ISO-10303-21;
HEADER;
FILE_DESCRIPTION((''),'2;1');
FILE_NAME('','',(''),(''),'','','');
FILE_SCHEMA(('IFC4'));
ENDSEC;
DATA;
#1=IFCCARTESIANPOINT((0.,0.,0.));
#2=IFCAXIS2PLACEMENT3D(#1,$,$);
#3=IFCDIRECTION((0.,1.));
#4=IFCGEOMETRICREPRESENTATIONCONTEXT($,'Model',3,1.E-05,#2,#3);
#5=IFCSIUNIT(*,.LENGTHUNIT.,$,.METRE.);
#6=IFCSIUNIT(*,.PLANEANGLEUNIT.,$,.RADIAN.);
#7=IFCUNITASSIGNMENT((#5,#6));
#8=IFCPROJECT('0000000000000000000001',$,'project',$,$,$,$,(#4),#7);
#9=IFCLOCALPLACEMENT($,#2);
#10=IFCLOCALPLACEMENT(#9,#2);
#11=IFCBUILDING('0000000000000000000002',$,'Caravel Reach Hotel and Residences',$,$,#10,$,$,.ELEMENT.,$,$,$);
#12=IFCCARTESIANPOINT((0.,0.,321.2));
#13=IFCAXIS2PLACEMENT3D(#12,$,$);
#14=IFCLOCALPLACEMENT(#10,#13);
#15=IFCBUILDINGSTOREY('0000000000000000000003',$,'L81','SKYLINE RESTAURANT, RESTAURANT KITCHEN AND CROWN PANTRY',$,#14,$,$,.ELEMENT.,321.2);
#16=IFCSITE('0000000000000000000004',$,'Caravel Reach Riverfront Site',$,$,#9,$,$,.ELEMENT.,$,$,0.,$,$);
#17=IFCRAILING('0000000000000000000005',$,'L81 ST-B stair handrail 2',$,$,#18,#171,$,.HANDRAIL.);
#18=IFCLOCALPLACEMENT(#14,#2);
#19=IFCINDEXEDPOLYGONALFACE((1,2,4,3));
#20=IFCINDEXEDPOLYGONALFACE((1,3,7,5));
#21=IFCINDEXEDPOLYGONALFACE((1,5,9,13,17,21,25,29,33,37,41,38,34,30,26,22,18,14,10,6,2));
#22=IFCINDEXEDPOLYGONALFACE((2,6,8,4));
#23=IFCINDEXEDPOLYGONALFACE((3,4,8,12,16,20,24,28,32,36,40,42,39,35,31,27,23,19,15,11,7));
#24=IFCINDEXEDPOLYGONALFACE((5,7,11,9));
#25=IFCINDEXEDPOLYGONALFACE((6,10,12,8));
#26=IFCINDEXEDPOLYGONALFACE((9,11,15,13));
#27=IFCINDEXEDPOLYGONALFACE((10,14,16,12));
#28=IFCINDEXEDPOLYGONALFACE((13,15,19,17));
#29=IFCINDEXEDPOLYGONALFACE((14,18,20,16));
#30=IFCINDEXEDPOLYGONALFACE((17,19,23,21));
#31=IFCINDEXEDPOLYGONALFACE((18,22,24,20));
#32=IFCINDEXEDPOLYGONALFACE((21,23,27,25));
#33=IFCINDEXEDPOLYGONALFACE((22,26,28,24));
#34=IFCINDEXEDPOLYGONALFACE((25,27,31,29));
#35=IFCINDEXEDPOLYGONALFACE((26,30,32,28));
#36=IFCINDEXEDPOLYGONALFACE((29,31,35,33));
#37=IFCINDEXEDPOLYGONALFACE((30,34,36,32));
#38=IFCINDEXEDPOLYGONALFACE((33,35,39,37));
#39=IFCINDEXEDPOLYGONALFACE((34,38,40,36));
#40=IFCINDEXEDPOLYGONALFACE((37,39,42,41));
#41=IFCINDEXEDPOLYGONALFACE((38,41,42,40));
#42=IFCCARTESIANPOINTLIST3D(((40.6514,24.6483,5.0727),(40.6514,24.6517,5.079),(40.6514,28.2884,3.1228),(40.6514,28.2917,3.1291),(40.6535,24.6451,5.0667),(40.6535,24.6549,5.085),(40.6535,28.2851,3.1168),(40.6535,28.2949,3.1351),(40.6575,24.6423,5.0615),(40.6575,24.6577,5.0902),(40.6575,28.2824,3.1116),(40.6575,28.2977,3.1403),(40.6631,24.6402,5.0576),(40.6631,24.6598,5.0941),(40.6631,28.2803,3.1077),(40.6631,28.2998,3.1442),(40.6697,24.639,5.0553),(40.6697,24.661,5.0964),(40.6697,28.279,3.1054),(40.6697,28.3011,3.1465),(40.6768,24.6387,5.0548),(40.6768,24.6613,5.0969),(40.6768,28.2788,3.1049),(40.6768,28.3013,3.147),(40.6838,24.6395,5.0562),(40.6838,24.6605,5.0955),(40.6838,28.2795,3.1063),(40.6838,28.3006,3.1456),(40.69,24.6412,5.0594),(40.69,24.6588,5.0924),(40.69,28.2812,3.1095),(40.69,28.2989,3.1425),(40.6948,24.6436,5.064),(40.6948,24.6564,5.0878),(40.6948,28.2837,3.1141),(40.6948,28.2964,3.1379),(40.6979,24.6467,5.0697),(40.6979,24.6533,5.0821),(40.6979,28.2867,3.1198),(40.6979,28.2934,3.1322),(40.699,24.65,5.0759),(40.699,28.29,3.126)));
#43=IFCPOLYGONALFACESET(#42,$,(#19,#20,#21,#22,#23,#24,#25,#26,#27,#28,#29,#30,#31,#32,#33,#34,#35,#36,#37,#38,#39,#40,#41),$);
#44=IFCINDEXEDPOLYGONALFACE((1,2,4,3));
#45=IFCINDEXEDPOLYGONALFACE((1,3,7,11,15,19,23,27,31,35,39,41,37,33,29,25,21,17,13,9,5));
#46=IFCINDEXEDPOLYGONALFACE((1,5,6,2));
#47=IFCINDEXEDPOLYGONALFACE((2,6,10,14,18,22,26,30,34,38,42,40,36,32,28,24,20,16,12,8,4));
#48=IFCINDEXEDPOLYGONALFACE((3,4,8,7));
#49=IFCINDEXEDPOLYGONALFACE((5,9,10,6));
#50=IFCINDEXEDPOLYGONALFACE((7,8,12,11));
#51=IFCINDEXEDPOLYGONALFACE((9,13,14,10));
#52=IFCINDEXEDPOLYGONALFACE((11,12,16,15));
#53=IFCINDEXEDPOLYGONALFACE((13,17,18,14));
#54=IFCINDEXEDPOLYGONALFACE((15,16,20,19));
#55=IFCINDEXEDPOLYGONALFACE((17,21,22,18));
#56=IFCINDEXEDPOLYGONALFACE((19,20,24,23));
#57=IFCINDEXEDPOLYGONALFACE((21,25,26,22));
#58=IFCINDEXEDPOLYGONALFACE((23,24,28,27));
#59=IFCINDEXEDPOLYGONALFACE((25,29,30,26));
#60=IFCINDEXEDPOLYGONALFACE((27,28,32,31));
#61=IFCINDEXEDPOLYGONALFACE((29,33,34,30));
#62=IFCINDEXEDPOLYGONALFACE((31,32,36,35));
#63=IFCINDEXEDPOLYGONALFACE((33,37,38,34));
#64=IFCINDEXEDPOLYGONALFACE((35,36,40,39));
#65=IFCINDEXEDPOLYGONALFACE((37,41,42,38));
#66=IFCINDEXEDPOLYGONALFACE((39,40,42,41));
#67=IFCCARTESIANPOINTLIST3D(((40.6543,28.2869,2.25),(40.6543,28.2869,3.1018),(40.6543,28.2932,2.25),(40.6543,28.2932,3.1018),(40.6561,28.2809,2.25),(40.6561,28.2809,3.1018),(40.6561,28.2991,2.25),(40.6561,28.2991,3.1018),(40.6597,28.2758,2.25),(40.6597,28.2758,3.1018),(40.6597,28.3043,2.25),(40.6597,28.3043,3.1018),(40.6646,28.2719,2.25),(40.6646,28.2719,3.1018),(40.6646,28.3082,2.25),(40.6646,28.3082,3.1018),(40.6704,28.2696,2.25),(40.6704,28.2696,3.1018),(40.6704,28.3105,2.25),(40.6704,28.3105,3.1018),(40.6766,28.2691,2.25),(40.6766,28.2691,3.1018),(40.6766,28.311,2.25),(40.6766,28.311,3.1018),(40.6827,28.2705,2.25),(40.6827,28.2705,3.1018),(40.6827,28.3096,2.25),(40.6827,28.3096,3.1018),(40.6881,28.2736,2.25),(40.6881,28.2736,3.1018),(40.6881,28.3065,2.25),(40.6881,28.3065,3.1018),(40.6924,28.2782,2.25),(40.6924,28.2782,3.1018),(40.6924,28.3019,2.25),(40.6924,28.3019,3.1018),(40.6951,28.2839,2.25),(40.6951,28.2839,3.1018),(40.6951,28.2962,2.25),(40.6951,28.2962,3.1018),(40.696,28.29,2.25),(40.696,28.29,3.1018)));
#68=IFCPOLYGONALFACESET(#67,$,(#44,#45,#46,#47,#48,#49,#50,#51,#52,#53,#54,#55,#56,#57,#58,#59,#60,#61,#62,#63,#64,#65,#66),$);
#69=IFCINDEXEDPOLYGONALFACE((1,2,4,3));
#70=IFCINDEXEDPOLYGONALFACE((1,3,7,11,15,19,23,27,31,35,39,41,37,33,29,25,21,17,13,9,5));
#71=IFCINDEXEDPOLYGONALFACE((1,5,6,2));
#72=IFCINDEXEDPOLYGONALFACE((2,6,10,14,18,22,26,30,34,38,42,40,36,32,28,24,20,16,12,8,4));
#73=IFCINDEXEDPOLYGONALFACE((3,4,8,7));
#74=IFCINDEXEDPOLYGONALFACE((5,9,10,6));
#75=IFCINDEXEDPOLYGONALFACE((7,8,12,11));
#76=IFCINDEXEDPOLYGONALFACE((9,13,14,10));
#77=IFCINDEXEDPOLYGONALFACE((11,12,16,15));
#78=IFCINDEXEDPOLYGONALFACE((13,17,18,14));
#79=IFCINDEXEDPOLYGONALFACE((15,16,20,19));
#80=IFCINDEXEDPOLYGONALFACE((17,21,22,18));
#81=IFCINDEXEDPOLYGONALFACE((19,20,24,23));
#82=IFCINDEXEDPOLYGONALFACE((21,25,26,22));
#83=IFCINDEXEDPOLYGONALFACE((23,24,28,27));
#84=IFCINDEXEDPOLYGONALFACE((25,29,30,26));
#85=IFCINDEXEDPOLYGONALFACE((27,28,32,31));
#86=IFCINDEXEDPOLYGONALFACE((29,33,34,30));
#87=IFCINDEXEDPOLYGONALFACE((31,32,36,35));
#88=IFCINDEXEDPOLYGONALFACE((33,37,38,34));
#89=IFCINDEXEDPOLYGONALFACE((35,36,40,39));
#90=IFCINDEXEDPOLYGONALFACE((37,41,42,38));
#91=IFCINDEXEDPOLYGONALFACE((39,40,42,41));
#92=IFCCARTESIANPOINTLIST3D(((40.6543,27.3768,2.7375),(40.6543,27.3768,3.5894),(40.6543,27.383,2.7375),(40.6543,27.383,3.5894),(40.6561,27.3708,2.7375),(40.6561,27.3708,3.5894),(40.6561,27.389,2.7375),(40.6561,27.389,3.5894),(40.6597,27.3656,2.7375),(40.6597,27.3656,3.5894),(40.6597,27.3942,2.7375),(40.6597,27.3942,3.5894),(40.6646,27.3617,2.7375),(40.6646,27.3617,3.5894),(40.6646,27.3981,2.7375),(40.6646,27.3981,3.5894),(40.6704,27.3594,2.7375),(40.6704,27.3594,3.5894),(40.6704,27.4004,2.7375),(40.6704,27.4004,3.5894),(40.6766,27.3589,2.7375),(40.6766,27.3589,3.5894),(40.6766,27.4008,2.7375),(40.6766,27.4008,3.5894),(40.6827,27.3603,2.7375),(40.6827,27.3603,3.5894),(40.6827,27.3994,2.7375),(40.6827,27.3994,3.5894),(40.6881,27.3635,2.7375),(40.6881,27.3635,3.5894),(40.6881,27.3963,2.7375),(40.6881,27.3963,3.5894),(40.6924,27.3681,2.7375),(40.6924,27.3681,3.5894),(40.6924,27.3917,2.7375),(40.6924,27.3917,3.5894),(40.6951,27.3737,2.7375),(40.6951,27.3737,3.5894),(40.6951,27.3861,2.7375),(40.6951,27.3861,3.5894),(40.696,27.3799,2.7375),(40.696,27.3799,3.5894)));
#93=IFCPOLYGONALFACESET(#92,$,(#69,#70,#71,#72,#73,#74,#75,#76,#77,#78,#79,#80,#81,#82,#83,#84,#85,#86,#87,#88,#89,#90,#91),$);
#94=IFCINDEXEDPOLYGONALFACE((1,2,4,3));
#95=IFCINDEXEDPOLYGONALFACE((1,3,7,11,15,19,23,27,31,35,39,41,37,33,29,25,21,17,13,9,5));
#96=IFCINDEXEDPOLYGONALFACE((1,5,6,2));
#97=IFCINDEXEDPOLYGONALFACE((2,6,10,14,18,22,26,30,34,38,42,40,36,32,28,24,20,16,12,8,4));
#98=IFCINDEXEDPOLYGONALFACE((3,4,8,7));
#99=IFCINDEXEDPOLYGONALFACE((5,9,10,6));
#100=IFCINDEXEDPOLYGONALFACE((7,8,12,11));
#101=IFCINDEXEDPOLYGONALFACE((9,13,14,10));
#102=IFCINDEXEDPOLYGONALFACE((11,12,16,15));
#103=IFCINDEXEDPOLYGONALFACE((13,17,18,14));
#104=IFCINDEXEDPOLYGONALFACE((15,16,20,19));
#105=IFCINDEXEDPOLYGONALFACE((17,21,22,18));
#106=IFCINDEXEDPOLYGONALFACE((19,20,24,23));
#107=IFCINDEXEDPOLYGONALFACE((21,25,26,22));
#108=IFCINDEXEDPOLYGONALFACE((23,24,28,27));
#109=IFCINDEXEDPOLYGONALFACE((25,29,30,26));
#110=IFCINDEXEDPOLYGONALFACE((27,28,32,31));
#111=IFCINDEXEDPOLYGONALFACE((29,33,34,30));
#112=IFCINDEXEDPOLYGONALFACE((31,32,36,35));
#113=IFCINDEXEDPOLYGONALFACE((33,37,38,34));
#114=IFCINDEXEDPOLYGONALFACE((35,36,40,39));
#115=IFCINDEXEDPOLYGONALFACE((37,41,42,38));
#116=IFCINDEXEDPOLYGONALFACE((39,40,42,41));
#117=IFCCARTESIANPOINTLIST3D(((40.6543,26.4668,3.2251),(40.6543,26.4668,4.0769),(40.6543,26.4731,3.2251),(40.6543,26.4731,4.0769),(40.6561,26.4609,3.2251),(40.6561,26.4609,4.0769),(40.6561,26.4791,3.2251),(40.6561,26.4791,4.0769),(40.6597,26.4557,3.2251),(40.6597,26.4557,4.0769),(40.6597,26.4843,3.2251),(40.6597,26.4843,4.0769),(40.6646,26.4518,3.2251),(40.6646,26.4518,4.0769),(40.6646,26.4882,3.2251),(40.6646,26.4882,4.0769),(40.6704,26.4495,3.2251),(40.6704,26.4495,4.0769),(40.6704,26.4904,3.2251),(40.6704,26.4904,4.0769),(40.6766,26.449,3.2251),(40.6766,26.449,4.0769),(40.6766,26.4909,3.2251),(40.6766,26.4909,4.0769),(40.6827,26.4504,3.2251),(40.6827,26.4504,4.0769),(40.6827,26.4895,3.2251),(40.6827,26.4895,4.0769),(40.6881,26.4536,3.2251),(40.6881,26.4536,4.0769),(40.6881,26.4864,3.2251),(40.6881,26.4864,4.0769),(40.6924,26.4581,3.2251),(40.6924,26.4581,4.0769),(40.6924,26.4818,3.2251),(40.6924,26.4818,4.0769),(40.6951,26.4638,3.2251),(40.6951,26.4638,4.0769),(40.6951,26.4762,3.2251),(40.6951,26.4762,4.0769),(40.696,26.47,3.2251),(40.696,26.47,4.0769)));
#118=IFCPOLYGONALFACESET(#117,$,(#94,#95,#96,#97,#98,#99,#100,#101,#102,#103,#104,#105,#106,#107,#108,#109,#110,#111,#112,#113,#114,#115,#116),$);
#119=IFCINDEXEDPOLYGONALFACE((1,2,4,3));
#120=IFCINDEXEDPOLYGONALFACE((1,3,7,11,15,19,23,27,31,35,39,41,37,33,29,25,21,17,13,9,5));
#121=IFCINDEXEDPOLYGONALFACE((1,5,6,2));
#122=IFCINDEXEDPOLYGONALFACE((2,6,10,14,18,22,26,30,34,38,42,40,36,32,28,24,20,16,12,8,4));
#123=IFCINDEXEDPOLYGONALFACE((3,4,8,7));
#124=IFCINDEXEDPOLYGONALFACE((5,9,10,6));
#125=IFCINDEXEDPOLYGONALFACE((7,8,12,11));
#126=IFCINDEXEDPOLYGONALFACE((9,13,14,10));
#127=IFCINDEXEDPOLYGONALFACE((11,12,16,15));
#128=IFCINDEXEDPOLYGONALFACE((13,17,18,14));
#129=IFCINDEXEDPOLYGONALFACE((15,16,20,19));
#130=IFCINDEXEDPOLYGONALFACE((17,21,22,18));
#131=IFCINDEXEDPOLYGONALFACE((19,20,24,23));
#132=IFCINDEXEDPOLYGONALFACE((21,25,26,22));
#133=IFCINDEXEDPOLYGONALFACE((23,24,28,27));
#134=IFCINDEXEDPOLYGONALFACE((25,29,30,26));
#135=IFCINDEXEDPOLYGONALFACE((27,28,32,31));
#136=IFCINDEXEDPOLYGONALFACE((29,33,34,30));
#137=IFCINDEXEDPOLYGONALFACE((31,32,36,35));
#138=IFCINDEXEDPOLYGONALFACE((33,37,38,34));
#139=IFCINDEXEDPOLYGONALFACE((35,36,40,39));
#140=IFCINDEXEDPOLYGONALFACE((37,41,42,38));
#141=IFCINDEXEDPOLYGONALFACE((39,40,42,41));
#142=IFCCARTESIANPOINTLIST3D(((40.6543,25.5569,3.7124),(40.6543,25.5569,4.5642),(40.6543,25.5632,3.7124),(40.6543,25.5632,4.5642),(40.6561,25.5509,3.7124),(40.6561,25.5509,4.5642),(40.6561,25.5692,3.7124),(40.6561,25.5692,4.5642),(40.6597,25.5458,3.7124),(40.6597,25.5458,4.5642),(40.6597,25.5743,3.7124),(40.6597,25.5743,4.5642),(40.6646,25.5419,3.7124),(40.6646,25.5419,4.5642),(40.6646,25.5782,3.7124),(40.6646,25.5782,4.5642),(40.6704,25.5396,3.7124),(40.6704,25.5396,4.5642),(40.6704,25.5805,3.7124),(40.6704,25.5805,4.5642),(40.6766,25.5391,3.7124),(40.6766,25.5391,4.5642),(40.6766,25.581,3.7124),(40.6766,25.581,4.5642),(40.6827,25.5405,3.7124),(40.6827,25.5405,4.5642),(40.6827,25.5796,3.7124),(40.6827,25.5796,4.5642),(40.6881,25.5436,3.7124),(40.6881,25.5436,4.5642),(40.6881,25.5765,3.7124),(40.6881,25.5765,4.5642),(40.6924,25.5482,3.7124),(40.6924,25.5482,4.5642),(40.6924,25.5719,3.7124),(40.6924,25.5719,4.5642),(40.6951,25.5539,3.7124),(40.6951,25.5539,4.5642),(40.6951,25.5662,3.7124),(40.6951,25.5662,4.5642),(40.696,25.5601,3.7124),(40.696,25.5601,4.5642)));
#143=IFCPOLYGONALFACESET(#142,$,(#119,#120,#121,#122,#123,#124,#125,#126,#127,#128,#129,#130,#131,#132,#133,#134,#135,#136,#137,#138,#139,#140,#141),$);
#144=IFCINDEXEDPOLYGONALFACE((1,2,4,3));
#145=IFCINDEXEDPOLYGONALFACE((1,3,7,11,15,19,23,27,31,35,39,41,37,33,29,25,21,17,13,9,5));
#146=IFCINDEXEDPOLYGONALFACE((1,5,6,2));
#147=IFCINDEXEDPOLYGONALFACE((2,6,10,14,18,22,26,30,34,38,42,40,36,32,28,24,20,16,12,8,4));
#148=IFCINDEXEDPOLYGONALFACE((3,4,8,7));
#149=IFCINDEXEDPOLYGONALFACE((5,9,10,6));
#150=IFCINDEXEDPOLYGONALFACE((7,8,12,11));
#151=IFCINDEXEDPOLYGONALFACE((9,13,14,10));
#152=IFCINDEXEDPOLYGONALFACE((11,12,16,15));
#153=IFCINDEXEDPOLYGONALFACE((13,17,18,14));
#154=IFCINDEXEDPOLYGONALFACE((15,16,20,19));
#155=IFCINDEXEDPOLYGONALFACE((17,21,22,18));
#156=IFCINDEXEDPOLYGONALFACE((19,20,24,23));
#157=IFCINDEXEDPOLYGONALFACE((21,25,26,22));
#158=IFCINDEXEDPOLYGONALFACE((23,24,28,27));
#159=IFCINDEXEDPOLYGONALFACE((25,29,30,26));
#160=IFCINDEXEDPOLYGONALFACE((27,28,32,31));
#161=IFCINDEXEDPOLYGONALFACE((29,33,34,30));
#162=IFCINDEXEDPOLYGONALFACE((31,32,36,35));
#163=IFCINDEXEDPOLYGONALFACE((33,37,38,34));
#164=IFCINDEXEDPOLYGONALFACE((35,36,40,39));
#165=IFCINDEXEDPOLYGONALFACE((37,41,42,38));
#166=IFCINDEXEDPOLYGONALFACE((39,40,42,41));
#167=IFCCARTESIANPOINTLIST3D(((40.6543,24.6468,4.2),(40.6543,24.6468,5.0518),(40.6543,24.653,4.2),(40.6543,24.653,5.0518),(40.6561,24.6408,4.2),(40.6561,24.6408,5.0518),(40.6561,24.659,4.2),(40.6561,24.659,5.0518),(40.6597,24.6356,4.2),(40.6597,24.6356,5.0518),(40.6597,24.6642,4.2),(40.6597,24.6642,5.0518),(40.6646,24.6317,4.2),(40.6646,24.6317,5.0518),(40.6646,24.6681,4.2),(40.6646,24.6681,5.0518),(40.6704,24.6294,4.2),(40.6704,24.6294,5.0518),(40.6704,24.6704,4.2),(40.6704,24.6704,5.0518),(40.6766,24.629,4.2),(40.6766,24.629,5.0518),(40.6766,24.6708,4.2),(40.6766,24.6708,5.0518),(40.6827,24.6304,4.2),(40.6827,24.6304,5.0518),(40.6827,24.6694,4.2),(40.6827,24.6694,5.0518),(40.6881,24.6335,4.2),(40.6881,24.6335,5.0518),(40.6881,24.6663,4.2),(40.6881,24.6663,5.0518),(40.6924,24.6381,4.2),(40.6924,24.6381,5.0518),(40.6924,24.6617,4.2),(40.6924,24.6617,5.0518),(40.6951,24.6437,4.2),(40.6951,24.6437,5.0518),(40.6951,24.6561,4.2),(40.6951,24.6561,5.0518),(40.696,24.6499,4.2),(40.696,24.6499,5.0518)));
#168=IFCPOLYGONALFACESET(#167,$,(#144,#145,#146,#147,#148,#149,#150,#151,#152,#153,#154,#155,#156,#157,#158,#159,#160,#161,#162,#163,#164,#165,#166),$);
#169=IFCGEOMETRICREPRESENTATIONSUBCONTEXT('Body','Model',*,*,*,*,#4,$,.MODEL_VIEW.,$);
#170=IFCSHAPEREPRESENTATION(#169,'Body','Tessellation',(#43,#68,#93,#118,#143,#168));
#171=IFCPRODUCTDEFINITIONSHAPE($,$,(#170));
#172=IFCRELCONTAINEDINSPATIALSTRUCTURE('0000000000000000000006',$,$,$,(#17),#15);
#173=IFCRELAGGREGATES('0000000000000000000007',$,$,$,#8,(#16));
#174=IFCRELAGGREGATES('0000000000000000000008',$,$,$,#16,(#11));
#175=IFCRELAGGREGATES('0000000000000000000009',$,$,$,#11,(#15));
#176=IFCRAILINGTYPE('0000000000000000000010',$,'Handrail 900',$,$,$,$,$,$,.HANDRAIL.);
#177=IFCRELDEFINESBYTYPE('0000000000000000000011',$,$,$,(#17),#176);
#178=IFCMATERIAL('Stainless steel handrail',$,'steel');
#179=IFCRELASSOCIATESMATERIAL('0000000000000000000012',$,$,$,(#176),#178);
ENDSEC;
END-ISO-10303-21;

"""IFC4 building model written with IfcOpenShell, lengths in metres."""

from ifc_helpers import new_model, si_unit, direction, frame, origin, origin_2d, place, context, subcontext, project, spatial, circle, extrude, material, type_object, element, save


model = new_model("IFC4")

# Units and contexts
model_context = context("Model", 3, precision=1e-05, world=origin(), true_north=direction((0.0, 1.0)))
body_context = subcontext(model_context, "Body", "Model", "MODEL_VIEW")
ifc_project = project(units=[si_unit("LENGTHUNIT", "METRE"), si_unit("PLANEANGLEUNIT", "RADIAN")], contexts=[model_context])

# Site, building, storey
site_placement = place(None, origin())
site = spatial("IfcSite", under=ifc_project, at=site_placement, Name="Caravel Reach Riverfront Site", CompositionType="ELEMENT", RefElevation=0.0)
building_placement = place(site_placement, origin())
building = spatial("IfcBuilding", under=site, at=building_placement, Name="Caravel Reach Hotel and Residences", CompositionType="ELEMENT")
storey_placement = place(building_placement, frame((0.0, 0.0, 321.2)))
storey = spatial("IfcBuildingStorey", under=building, at=storey_placement, Name="L81", Description="SKYLINE RESTAURANT, RESTAURANT KITCHEN AND CROWN PANTRY", CompositionType="ELEMENT", Elevation=321.2)

# Railing
ifc_material_1 = material(Name="Stainless steel handrail", Category="steel")
railing_type_1 = type_object("IfcRailingType", Name="Handrail 900", PredefinedType="HANDRAIL", material=ifc_material_1)
railing_1_placement = place(storey_placement, frame((40.675, 28.29, 2.25)))
element("IfcRailing", 1, at=railing_1_placement, inside=storey, type_object=railing_type_1, Name="L81 ST-B stair handrail 2", PredefinedType="HANDRAIL", context=body_context, shape_type="SweptSolid", body=[
    extrude(circle(Radius=0.0239, at=origin_2d()), frame((0.0, 0.0, 0.876), z_axis=(0.0, -0.881492, 0.472198), x_axis=(1.0, 0.0, 0.0)), (0.0, 0.0, 1.0), 4.1294),
    extrude(circle(Radius=0.021, at=origin_2d()), origin(), (0.0, 0.0, 1.0), 0.8518),
    extrude(circle(Radius=0.021, at=origin_2d()), frame((0.0, -0.9102, 0.4875)), (0.0, 0.0, 1.0), 0.8518),
    extrude(circle(Radius=0.021, at=origin_2d()), frame((0.0, -1.8201, 0.9751)), (0.0, 0.0, 1.0), 0.8518),
    extrude(circle(Radius=0.021, at=origin_2d()), frame((0.0, -2.73, 1.4624)), (0.0, 0.0, 1.0), 0.8518),
    extrude(circle(Radius=0.021, at=origin_2d()), frame((0.0, -3.6401, 1.95)), (0.0, 0.0, 1.0), 0.8518),
])

save(model, "model.ifc")
